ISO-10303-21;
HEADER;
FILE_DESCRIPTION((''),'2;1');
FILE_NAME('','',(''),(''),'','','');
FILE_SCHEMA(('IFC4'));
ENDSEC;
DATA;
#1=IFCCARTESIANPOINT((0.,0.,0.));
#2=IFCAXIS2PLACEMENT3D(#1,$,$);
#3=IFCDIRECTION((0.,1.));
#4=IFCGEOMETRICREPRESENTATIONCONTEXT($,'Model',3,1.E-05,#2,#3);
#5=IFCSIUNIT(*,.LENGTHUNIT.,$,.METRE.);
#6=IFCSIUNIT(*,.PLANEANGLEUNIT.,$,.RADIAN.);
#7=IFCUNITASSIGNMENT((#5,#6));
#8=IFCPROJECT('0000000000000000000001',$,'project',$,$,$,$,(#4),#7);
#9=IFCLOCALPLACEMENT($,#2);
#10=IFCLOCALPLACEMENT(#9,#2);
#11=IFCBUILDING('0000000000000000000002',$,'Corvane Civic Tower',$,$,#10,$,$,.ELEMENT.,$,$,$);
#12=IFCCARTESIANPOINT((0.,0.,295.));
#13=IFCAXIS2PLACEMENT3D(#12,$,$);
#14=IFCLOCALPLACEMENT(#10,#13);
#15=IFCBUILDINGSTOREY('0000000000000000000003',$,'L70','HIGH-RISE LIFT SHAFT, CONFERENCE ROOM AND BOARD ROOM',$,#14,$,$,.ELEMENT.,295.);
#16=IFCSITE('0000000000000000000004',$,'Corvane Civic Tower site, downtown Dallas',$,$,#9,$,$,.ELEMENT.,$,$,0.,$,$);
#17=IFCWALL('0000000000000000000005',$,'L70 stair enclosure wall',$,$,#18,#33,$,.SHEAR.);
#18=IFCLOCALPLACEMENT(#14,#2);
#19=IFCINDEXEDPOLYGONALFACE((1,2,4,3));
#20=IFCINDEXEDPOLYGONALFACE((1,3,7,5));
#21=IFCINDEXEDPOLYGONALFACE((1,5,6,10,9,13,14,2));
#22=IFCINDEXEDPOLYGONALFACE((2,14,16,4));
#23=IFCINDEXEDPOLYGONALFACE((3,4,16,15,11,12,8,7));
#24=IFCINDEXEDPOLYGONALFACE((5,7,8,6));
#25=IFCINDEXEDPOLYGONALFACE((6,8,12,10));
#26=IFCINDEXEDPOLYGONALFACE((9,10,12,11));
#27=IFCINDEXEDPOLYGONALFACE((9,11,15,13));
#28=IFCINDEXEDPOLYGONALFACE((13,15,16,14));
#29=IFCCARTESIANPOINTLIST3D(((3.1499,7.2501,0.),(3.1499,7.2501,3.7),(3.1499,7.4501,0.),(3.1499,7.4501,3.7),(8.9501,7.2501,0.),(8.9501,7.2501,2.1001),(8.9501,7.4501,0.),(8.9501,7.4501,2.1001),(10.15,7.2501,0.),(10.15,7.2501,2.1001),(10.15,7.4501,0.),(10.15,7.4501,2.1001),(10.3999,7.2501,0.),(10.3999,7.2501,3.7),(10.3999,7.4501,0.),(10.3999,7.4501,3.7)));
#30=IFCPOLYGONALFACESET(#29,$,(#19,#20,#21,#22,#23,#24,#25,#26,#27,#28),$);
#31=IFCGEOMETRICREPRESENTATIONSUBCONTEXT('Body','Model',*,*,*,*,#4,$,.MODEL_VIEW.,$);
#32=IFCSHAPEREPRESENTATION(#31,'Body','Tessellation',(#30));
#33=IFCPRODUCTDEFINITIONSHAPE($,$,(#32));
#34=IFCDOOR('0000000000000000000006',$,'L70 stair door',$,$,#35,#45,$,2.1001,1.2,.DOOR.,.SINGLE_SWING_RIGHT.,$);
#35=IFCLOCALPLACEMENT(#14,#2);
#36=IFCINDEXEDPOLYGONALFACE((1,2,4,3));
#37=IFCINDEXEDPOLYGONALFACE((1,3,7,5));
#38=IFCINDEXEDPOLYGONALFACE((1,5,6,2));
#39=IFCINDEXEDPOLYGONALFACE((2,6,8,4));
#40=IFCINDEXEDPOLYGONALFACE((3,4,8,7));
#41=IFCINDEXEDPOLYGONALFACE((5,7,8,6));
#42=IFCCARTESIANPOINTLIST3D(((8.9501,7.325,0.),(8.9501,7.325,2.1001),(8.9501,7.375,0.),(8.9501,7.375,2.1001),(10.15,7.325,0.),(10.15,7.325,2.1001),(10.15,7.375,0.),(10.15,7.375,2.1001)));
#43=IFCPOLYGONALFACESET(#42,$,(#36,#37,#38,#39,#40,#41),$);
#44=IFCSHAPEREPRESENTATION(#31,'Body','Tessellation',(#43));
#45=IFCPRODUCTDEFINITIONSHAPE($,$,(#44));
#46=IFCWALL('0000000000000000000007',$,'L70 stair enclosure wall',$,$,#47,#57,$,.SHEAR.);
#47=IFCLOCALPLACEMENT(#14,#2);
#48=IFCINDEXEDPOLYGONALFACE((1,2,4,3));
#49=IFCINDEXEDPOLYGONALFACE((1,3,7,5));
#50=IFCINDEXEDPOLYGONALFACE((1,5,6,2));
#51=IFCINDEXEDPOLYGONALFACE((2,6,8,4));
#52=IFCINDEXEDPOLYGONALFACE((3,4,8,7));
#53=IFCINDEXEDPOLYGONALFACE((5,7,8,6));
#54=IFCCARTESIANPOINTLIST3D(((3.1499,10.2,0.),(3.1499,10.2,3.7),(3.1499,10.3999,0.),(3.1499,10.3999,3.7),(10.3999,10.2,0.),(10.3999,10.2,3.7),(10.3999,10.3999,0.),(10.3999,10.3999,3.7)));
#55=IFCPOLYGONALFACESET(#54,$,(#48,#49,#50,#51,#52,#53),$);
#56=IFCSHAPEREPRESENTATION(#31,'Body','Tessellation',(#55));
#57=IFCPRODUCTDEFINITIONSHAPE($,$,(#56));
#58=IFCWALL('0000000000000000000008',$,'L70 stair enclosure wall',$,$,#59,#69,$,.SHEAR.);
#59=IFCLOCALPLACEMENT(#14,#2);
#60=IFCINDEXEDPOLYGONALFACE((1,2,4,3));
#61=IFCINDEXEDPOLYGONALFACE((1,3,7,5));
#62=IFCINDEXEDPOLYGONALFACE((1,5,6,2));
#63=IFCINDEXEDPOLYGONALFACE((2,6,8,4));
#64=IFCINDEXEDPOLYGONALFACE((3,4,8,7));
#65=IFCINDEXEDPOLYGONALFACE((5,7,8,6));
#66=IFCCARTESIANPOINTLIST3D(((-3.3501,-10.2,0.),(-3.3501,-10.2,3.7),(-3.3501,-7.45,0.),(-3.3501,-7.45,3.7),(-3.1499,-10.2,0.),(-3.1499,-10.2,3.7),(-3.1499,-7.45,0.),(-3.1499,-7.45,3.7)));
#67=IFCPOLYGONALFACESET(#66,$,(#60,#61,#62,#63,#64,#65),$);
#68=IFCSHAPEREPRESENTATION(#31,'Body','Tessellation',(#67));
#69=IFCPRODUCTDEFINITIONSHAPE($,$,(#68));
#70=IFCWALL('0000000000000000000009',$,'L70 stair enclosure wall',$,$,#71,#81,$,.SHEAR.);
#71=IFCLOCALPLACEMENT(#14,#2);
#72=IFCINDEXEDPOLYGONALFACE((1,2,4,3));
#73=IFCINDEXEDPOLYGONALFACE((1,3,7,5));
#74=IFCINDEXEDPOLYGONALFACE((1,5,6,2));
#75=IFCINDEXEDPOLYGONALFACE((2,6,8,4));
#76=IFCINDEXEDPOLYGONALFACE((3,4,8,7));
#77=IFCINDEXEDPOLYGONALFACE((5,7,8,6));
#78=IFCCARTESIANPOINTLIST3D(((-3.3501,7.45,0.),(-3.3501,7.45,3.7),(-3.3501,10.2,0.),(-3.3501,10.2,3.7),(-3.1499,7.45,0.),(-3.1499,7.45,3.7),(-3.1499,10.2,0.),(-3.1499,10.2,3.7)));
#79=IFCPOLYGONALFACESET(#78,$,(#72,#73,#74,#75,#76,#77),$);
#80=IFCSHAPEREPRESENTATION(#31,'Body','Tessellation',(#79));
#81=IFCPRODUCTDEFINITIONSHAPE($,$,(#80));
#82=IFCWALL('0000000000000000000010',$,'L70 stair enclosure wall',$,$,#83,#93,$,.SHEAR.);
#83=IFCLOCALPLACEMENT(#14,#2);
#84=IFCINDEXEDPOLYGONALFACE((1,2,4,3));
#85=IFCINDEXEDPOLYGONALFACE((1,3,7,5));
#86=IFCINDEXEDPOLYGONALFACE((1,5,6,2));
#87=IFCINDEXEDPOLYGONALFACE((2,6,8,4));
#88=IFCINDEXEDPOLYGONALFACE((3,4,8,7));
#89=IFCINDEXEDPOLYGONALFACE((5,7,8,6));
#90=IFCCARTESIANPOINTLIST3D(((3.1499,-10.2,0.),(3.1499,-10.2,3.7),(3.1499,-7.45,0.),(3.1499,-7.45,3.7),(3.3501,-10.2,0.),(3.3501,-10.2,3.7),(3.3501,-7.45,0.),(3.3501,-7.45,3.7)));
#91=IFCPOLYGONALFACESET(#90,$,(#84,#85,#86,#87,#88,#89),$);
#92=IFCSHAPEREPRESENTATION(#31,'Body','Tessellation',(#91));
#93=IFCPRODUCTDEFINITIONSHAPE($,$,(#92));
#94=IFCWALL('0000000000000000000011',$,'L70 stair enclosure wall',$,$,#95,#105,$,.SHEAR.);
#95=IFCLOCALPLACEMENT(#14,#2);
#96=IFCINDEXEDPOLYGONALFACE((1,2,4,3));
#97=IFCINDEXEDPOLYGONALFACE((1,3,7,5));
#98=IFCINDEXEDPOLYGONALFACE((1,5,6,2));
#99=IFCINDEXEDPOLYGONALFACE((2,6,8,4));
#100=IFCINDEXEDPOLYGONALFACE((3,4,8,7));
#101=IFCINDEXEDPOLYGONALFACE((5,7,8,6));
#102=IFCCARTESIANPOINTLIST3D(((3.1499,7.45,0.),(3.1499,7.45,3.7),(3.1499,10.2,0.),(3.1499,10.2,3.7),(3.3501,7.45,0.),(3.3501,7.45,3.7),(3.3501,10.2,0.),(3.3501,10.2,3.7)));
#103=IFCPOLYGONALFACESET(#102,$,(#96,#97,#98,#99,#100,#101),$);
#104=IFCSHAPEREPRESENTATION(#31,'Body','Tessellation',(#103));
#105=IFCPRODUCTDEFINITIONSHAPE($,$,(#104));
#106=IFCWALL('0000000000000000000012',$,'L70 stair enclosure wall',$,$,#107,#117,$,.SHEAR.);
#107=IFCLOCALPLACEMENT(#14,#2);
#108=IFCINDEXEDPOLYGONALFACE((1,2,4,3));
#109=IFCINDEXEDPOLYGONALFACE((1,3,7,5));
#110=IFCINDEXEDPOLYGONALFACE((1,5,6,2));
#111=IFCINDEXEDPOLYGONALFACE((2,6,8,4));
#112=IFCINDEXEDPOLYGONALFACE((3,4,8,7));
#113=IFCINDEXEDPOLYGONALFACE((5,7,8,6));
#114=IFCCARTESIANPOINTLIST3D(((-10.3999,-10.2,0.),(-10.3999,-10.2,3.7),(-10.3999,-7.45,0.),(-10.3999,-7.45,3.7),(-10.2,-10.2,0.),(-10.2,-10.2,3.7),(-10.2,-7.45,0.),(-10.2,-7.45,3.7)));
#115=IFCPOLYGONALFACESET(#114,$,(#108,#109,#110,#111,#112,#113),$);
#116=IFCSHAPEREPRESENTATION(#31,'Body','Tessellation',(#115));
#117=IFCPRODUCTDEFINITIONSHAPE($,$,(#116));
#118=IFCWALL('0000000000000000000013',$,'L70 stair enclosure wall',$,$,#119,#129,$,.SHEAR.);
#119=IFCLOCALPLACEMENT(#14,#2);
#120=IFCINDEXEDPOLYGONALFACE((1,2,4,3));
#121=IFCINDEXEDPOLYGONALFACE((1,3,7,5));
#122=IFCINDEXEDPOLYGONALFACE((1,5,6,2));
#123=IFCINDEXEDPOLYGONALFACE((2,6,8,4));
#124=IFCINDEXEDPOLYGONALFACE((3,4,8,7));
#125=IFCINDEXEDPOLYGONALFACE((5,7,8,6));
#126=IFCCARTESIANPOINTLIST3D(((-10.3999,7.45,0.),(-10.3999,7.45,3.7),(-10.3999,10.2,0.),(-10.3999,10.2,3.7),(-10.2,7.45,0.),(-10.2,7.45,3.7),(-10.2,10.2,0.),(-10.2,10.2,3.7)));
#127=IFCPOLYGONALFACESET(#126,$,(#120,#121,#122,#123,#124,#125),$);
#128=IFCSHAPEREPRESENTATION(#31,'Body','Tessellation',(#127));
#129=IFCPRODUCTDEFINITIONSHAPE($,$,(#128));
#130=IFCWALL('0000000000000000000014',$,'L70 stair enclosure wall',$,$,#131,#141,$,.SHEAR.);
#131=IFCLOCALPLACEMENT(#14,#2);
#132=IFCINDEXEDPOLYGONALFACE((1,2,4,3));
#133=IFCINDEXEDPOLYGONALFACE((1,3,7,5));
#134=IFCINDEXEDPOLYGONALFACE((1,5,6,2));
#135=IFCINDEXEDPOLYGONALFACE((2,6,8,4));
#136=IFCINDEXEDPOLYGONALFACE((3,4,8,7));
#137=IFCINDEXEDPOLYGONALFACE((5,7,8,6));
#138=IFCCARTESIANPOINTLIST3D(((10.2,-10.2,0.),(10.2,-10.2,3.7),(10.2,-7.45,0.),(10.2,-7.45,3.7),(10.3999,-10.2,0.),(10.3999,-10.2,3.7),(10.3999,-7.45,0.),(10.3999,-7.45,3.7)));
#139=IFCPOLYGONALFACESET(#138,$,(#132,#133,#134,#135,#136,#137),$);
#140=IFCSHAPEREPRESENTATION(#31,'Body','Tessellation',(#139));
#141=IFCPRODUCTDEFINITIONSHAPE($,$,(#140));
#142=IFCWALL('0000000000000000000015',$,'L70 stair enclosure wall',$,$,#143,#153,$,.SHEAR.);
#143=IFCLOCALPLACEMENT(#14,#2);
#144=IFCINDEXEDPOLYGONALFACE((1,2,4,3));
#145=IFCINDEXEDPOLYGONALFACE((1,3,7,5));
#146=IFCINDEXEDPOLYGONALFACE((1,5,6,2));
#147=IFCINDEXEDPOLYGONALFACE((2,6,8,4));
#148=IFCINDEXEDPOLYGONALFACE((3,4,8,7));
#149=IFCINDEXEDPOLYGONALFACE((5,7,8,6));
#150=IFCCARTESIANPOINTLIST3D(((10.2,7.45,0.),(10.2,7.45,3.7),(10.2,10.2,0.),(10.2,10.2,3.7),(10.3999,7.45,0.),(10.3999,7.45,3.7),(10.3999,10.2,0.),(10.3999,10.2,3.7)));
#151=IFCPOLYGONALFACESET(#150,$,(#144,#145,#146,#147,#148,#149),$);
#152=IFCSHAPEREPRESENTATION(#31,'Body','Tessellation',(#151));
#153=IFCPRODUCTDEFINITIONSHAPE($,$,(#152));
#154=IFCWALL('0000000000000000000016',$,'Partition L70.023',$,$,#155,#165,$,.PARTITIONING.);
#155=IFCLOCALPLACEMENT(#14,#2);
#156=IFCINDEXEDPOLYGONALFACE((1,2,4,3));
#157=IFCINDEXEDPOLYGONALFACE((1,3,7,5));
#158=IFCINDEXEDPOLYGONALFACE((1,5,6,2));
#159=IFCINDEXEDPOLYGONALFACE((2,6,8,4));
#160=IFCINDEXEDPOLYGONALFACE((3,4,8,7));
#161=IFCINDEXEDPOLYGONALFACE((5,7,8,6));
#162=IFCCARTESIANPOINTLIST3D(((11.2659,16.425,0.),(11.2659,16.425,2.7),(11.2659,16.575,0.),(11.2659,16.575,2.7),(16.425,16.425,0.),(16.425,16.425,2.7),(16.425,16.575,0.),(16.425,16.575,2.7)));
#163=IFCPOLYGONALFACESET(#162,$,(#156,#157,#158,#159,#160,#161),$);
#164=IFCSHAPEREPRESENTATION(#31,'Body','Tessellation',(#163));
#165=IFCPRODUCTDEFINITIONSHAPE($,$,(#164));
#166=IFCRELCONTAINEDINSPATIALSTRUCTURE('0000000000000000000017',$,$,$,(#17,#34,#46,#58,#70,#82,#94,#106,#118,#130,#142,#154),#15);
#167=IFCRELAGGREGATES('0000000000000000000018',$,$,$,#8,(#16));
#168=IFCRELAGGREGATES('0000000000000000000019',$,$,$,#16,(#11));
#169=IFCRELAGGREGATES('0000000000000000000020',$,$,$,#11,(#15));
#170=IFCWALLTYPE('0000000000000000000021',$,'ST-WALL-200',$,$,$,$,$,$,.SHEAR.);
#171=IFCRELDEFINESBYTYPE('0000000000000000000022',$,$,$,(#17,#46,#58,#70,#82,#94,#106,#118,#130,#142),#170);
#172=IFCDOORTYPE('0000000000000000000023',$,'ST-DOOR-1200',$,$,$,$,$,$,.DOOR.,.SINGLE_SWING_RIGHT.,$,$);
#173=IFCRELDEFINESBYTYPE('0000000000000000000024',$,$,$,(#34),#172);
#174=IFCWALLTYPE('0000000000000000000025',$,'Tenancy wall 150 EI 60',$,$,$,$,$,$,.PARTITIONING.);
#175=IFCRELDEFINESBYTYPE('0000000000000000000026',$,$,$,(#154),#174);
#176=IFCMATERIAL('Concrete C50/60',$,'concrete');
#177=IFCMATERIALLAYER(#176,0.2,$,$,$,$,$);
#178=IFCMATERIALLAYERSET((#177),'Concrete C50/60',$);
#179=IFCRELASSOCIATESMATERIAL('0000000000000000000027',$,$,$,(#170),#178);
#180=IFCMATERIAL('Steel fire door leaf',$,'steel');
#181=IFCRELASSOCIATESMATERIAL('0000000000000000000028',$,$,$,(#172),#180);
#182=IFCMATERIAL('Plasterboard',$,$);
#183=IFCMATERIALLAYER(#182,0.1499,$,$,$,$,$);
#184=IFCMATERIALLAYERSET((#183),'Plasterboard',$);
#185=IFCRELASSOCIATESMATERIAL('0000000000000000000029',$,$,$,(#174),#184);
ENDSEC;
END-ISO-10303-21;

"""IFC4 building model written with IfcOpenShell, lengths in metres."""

from ifc_helpers import new_model, si_unit, direction, frame, frame_2d, origin, place, context, subcontext, project, spatial, polyline, rectangle, outline, extrude, material, layer, layer_set, type_object, element, fill, save


model = new_model("IFC4")

# Units and contexts
model_context = context("Model", 3, precision=1e-05, world=origin(), true_north=direction((0.0, 1.0)))
body_context = subcontext(model_context, "Body", "Model", "MODEL_VIEW")
ifc_project = project(units=[si_unit("LENGTHUNIT", "METRE"), si_unit("PLANEANGLEUNIT", "RADIAN")], contexts=[model_context])

# Site, building, storey
site_placement = place(None, origin())
site = spatial("IfcSite", under=ifc_project, at=site_placement, Name="Corvane Civic Tower site, downtown Dallas", CompositionType="ELEMENT", RefElevation=0.0)
building_placement = place(site_placement, origin())
building = spatial("IfcBuilding", under=site, at=building_placement, Name="Corvane Civic Tower", CompositionType="ELEMENT")
storey_placement = place(building_placement, frame((0.0, 0.0, 295.0)))
storey = spatial("IfcBuildingStorey", under=building, at=storey_placement, Name="L70", Description="HIGH-RISE LIFT SHAFT, CONFERENCE ROOM AND BOARD ROOM", CompositionType="ELEMENT", Elevation=295.0)

# Wall, opening, door
ifc_material_1 = material(Name="Concrete C50/60", Category="concrete")
ifc_layer_1 = layer(ifc_material_1, 0.2)
ifc_layer_set_1 = layer_set([ifc_layer_1], Name="Concrete C50/60")
wall_type_1 = type_object("IfcWallType", Name="ST-WALL-200", PredefinedType="SHEAR", material=ifc_layer_set_1)
wall_1_placement = place(storey_placement, frame((3.1499, 7.3501, 0.0), z_axis=(0.0, 0.0, 1.0), x_axis=(1.0, 0.0, 0.0)))
wall_1 = element("IfcWall", 1, at=wall_1_placement, inside=storey, type_object=wall_type_1, Name="L70 stair enclosure wall", PredefinedType="SHEAR", context=body_context, shape_type="SweptSolid", body=[
    extrude(rectangle(XDim=7.25, YDim=0.2, at=frame_2d((3.625, 0.0))), origin(), (0.0, 0.0, 1.0), 3.7),
])
opening_placement = place(wall_1_placement, frame((5.8, 0.0, 0.0)))
opening = element("IfcOpeningElement", 2, at=opening_placement, cuts=wall_1, PredefinedType="OPENING", context=body_context, shape_type="SweptSolid", body=[
    extrude(rectangle(XDim=1.2, YDim=2.1001, at=frame_2d((0.6001, 1.05))), frame((0.0, 0.1099, 0.0), z_axis=(0.0, -1.0, 0.0), x_axis=(1.0, 0.0, 0.0)), (0.0, 0.0, 1.0), 0.22),
])
ifc_material_2 = material(Name="Steel fire door leaf", Category="steel")
door_type = type_object("IfcDoorType", Name="ST-DOOR-1200", OperationType="SINGLE_SWING_RIGHT", PredefinedType="DOOR", material=ifc_material_2)
door_placement = place(opening_placement, origin())
door = element("IfcDoor", 3, at=door_placement, inside=storey, type_object=door_type, Name="L70 stair door", OperationType="SINGLE_SWING_RIGHT", OverallHeight=2.1001, OverallWidth=1.2, PredefinedType="DOOR", context=body_context, shape_type="SweptSolid", body=[
    extrude(rectangle(XDim=1.2, YDim=2.1001, at=frame_2d((0.6001, 1.05))), frame((0.0, 0.0249, 0.0), z_axis=(0.0, -1.0, 0.0), x_axis=(1.0, 0.0, 0.0)), (0.0, 0.0, 1.0), 0.05),
])
fill(opening, door)

# Walls
wall_2_placement = place(storey_placement, origin())
element("IfcWall", 4, at=wall_2_placement, inside=storey, type_object=wall_type_1, Name="L70 stair enclosure wall", PredefinedType="SHEAR", context=body_context, shape_type="SweptSolid", body=[
    extrude(outline(polyline([(10.3999, 10.2), (3.1499, 10.2), (3.1499, 10.3999), (10.3999, 10.3999), (10.3999, 10.2)])), origin(), (0.0, 0.0, 1.0), 3.7),
])
wall_3_placement = place(storey_placement, origin())
element("IfcWall", 5, at=wall_3_placement, inside=storey, type_object=wall_type_1, Name="L70 stair enclosure wall", PredefinedType="SHEAR", context=body_context, shape_type="SweptSolid", body=[
    extrude(outline(polyline([(-3.1499, -7.45), (-3.1499, -10.2), (-3.3501, -10.2), (-3.3501, -7.45), (-3.1499, -7.45)])), origin(), (0.0, 0.0, 1.0), 3.7),
])
wall_4_placement = place(storey_placement, origin())
element("IfcWall", 6, at=wall_4_placement, inside=storey, type_object=wall_type_1, Name="L70 stair enclosure wall", PredefinedType="SHEAR", context=body_context, shape_type="SweptSolid", body=[
    extrude(outline(polyline([(-3.1499, 7.45), (-3.3501, 7.45), (-3.3501, 10.2), (-3.1499, 10.2), (-3.1499, 7.45)])), origin(), (0.0, 0.0, 1.0), 3.7),
])
wall_5_placement = place(storey_placement, origin())
element("IfcWall", 7, at=wall_5_placement, inside=storey, type_object=wall_type_1, Name="L70 stair enclosure wall", PredefinedType="SHEAR", context=body_context, shape_type="SweptSolid", body=[
    extrude(outline(polyline([(3.3501, -7.45), (3.3501, -10.2), (3.1499, -10.2), (3.1499, -7.45), (3.3501, -7.45)])), origin(), (0.0, 0.0, 1.0), 3.7),
])
wall_6_placement = place(storey_placement, origin())
element("IfcWall", 8, at=wall_6_placement, inside=storey, type_object=wall_type_1, Name="L70 stair enclosure wall", PredefinedType="SHEAR", context=body_context, shape_type="SweptSolid", body=[
    extrude(outline(polyline([(3.3501, 7.45), (3.1499, 7.45), (3.1499, 10.2), (3.3501, 10.2), (3.3501, 7.45)])), origin(), (0.0, 0.0, 1.0), 3.7),
])
wall_7_placement = place(storey_placement, origin())
element("IfcWall", 9, at=wall_7_placement, inside=storey, type_object=wall_type_1, Name="L70 stair enclosure wall", PredefinedType="SHEAR", context=body_context, shape_type="SweptSolid", body=[
    extrude(outline(polyline([(-10.2, -7.45), (-10.2, -10.2), (-10.3999, -10.2), (-10.3999, -7.45), (-10.2, -7.45)])), origin(), (0.0, 0.0, 1.0), 3.7),
])
wall_8_placement = place(storey_placement, origin())
element("IfcWall", 10, at=wall_8_placement, inside=storey, type_object=wall_type_1, Name="L70 stair enclosure wall", PredefinedType="SHEAR", context=body_context, shape_type="SweptSolid", body=[
    extrude(outline(polyline([(-10.2, 7.45), (-10.3999, 7.45), (-10.3999, 10.2), (-10.2, 10.2), (-10.2, 7.45)])), origin(), (0.0, 0.0, 1.0), 3.7),
])
wall_9_placement = place(storey_placement, origin())
element("IfcWall", 11, at=wall_9_placement, inside=storey, type_object=wall_type_1, Name="L70 stair enclosure wall", PredefinedType="SHEAR", context=body_context, shape_type="SweptSolid", body=[
    extrude(outline(polyline([(10.3999, -7.45), (10.3999, -10.2), (10.2, -10.2), (10.2, -7.45), (10.3999, -7.45)])), origin(), (0.0, 0.0, 1.0), 3.7),
])
wall_10_placement = place(storey_placement, origin())
element("IfcWall", 12, at=wall_10_placement, inside=storey, type_object=wall_type_1, Name="L70 stair enclosure wall", PredefinedType="SHEAR", context=body_context, shape_type="SweptSolid", body=[
    extrude(outline(polyline([(10.3999, 7.45), (10.2, 7.45), (10.2, 10.2), (10.3999, 10.2), (10.3999, 7.45)])), origin(), (0.0, 0.0, 1.0), 3.7),
])
ifc_material_3 = material(Name="Plasterboard")
ifc_layer_2 = layer(ifc_material_3, 0.1499)
ifc_layer_set_2 = layer_set([ifc_layer_2], Name="Plasterboard")
wall_type_2 = type_object("IfcWallType", Name="Tenancy wall 150 EI 60", PredefinedType="PARTITIONING", material=ifc_layer_set_2)
wall_11_placement = place(storey_placement, frame((11.2659, 16.5, 0.0), z_axis=(0.0, 0.0, 1.0), x_axis=(1.0, 0.0, 0.0)))
element("IfcWall", 13, at=wall_11_placement, inside=storey, type_object=wall_type_2, Name="Partition L70.023", PredefinedType="PARTITIONING", context=body_context, shape_type="SweptSolid", body=[
    extrude(rectangle(XDim=5.1592, YDim=0.1499, at=frame_2d((2.5796, 0.0))), origin(), (0.0, 0.0, 1.0), 2.7),
])

save(model, "model.ifc")
